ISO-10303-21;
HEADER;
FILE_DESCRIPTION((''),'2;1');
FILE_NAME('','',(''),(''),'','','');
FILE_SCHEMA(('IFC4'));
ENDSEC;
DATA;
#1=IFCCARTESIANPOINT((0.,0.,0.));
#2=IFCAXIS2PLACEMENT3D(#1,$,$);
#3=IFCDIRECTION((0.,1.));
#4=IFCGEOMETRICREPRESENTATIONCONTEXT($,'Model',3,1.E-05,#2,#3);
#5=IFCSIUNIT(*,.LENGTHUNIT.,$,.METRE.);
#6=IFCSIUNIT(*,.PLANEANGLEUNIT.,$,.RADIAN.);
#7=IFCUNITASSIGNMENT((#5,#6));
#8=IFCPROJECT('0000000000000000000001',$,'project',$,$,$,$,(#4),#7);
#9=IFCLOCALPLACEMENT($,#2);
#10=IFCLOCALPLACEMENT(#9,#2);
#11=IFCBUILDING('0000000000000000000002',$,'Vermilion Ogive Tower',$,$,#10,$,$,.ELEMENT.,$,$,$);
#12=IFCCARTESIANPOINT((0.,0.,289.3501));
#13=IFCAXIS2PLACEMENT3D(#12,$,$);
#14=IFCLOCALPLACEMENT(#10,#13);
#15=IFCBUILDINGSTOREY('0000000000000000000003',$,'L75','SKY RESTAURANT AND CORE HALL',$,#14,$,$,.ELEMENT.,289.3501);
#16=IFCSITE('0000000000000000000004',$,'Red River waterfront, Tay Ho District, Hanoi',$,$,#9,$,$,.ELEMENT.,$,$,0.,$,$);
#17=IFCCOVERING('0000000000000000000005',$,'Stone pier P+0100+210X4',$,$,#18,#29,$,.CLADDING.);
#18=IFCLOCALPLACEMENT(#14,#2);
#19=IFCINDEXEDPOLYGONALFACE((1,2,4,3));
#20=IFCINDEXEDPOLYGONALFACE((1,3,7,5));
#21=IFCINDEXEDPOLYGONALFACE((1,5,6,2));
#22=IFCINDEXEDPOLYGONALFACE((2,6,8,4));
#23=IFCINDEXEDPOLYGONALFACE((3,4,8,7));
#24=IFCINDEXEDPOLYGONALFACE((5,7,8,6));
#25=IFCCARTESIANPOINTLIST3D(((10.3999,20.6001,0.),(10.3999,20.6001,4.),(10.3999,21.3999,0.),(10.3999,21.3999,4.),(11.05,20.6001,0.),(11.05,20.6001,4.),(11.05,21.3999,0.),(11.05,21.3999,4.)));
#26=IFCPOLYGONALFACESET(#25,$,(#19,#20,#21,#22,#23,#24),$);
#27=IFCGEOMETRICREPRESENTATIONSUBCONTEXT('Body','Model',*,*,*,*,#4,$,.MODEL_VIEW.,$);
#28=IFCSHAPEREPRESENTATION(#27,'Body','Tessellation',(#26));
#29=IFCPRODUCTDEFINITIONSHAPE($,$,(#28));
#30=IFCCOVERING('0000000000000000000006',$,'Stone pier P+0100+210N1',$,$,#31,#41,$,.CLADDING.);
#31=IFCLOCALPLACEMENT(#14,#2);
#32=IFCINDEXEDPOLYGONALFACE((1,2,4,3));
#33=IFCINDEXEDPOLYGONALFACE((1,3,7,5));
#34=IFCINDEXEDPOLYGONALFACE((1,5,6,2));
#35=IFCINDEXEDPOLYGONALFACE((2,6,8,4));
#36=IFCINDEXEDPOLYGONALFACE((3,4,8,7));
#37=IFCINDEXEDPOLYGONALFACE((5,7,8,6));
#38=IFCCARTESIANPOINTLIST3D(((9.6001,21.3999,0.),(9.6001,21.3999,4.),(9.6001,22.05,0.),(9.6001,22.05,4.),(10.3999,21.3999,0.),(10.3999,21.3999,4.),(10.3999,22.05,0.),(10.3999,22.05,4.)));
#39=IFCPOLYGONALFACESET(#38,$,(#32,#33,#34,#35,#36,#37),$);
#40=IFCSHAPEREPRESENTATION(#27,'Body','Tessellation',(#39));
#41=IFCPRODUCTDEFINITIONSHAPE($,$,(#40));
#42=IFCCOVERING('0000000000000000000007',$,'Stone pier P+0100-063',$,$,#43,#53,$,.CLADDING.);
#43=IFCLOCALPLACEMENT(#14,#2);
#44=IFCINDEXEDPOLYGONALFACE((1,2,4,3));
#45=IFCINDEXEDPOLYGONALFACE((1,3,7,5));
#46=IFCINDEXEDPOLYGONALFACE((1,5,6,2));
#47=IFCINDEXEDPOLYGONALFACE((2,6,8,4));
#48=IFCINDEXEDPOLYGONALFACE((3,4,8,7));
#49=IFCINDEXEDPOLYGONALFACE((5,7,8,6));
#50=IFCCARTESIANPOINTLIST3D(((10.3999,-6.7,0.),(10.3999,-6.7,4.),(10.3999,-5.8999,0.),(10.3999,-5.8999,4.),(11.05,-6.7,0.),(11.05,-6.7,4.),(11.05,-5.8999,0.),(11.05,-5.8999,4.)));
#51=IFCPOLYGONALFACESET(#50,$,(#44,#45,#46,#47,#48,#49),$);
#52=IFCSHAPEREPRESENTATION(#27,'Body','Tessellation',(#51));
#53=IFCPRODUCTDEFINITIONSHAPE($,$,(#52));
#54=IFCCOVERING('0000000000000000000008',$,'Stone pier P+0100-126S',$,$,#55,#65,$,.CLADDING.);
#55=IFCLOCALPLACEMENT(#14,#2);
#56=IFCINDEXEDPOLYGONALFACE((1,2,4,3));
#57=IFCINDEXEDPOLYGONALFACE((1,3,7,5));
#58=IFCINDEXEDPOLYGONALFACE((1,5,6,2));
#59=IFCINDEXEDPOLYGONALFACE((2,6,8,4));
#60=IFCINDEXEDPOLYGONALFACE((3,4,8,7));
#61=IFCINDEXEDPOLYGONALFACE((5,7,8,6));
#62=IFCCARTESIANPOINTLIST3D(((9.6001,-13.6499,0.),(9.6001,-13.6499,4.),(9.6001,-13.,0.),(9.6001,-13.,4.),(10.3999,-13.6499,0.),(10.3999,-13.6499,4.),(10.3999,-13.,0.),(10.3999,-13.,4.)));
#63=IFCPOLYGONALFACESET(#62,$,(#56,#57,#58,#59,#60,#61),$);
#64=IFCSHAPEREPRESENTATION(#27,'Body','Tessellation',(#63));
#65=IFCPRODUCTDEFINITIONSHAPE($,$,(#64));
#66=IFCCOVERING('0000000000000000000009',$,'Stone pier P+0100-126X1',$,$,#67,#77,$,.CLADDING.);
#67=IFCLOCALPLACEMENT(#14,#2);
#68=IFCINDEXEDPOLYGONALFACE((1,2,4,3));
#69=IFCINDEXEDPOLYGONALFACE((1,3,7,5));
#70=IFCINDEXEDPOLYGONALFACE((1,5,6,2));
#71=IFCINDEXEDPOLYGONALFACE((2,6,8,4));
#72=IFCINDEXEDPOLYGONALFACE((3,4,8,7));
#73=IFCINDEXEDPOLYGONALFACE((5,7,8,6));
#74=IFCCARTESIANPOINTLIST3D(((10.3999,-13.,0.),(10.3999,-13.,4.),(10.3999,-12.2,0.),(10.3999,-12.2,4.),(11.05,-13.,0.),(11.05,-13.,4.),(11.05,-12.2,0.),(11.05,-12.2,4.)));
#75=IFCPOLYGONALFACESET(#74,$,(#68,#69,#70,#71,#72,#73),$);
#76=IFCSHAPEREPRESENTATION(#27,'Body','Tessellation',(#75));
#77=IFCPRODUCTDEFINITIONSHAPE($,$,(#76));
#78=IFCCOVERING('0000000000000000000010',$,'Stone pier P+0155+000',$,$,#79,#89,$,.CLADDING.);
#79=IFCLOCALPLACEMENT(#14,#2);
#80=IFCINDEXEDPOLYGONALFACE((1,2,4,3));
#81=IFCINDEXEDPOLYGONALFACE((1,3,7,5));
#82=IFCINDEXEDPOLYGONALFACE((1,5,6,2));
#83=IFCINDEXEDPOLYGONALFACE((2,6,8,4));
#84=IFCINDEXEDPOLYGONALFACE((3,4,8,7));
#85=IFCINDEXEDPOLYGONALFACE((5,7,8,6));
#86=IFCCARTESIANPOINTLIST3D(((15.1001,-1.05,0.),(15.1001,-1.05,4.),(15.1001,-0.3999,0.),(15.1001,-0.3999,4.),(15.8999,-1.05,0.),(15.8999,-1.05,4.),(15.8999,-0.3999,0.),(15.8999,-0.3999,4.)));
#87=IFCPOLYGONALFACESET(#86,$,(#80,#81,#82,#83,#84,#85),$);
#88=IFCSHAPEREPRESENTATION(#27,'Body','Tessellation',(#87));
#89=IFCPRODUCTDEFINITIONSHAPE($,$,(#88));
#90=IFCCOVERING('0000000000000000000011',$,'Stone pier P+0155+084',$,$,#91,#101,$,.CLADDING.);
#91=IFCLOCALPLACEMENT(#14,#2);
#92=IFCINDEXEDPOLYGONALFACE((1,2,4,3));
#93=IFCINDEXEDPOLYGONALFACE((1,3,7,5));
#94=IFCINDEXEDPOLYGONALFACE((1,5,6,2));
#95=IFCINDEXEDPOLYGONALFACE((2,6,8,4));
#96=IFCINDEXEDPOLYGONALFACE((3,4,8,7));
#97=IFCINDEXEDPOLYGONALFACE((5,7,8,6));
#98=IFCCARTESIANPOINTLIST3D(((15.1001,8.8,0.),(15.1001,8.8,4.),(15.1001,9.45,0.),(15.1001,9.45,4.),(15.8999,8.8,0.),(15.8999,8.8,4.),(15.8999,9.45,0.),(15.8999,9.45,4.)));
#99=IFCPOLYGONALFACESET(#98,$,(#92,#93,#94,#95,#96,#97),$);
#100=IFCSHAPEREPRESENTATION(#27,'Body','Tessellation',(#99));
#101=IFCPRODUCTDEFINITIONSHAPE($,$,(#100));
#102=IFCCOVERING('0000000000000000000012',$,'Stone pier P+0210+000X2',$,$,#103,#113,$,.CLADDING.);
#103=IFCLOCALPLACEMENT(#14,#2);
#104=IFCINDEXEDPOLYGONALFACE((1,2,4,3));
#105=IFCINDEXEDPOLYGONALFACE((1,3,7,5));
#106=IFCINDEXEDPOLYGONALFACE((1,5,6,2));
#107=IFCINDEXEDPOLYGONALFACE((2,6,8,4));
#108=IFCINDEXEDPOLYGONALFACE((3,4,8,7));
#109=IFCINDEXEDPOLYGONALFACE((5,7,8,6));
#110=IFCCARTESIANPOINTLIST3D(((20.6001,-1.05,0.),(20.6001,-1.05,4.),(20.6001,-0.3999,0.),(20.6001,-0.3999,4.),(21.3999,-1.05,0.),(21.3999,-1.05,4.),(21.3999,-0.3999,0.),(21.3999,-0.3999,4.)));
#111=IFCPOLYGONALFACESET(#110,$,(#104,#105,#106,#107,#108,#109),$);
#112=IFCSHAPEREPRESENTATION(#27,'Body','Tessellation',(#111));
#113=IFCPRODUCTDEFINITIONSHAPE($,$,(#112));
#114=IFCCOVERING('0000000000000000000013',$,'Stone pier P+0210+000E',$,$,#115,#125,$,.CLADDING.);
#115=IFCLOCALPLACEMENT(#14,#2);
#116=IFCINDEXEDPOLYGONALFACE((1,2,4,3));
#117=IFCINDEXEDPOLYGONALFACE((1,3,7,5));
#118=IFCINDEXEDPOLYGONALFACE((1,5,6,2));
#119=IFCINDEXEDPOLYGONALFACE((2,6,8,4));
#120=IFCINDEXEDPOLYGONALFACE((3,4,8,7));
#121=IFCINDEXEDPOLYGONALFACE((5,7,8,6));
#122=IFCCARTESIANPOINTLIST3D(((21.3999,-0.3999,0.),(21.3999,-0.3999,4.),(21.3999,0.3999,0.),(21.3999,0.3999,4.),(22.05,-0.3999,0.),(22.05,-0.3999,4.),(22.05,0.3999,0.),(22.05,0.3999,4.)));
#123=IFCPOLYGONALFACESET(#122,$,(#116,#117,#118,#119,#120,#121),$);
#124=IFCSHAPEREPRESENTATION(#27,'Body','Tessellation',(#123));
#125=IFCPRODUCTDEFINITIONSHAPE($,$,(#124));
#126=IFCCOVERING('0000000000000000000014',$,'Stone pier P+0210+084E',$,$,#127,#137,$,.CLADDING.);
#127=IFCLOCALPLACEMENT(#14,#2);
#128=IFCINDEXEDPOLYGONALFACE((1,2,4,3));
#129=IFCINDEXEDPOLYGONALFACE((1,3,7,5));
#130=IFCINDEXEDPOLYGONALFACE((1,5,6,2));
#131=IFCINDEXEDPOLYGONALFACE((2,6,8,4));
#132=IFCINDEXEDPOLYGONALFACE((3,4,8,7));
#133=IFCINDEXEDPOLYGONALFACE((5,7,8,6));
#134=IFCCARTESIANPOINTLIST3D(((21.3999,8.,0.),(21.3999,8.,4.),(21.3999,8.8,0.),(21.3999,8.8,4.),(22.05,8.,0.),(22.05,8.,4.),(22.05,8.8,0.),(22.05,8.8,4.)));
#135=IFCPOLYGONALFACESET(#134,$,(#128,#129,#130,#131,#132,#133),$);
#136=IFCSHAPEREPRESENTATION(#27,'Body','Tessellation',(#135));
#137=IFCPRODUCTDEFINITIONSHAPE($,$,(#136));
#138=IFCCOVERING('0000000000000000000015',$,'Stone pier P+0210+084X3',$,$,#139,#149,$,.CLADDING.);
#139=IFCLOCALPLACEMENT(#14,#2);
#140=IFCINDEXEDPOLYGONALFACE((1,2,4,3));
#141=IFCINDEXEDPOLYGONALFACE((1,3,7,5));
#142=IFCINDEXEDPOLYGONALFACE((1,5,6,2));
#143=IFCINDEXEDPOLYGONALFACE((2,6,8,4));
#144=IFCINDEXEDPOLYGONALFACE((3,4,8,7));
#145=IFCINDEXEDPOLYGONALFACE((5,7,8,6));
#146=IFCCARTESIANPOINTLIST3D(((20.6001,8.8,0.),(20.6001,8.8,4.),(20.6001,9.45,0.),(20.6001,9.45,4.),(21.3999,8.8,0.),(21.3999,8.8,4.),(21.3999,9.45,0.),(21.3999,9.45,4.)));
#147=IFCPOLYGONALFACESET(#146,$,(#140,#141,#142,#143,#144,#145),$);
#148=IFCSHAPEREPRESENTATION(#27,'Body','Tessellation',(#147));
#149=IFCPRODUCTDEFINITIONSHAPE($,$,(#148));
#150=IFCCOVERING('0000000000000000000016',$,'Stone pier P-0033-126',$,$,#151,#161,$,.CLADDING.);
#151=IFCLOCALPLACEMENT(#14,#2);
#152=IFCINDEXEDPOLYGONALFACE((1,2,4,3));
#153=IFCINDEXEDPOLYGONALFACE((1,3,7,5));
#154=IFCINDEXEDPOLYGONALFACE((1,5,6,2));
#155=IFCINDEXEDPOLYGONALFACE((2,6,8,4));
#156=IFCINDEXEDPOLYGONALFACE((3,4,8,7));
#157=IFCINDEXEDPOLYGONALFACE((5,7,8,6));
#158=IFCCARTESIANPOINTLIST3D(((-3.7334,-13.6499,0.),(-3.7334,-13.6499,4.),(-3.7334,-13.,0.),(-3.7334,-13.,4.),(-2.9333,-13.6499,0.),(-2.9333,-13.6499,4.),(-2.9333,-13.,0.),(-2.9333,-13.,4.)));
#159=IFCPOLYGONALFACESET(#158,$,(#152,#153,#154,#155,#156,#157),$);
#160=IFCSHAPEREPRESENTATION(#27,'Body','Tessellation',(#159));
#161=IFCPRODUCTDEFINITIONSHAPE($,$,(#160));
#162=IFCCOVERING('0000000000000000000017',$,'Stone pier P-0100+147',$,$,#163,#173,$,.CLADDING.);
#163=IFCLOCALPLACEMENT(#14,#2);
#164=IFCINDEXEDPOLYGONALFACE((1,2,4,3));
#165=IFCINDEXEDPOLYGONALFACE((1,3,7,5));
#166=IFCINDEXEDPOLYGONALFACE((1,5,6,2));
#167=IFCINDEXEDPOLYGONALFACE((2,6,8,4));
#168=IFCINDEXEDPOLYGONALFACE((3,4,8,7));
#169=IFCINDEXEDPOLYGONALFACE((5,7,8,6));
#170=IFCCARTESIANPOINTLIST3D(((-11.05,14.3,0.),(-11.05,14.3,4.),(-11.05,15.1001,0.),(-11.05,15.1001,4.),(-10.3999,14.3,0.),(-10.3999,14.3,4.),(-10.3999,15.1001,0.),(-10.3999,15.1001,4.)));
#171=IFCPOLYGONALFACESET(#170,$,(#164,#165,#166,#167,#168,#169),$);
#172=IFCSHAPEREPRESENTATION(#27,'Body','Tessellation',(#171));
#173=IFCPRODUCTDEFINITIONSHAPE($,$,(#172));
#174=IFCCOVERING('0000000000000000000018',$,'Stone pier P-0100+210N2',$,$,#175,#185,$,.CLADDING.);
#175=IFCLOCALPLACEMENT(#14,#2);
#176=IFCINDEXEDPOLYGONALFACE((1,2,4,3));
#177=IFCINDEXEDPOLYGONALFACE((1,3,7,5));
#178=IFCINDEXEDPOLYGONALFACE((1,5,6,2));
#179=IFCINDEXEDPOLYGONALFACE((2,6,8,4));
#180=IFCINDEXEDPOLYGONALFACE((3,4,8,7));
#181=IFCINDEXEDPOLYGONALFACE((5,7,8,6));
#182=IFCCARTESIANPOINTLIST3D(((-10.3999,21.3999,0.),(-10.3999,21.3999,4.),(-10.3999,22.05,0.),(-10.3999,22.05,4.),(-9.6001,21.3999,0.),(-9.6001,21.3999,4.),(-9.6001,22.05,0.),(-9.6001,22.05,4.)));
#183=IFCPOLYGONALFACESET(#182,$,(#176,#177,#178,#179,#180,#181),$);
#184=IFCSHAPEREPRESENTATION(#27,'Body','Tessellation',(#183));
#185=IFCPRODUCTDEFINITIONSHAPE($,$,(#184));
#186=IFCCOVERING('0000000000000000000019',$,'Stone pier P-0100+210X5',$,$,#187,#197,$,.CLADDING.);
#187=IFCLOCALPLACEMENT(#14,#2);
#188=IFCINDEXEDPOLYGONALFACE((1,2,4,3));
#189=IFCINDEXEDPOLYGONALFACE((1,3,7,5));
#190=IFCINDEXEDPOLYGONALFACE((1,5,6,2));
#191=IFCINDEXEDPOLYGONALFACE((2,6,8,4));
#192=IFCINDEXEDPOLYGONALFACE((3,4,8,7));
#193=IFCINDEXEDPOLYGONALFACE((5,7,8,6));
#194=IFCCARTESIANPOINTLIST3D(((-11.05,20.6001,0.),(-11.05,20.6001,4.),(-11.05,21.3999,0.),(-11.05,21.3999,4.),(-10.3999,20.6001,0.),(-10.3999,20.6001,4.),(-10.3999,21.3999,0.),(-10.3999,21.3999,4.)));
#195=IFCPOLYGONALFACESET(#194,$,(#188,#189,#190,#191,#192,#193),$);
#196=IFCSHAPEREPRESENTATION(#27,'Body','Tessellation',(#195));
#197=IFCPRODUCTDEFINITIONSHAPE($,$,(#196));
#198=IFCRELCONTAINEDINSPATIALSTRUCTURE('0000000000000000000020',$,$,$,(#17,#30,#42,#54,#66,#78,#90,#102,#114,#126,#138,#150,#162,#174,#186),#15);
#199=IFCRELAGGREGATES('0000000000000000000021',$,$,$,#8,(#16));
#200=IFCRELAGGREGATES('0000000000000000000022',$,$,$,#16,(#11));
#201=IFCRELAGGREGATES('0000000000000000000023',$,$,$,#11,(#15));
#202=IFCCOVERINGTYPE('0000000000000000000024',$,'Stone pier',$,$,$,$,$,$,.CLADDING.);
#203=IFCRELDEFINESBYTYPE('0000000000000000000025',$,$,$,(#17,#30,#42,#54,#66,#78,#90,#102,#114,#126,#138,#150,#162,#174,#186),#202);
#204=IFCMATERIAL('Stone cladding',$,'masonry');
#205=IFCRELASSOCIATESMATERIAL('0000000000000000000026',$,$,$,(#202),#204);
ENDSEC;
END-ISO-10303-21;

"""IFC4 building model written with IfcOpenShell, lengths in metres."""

from ifc_helpers import new_model, si_unit, direction, frame, origin, place, context, subcontext, project, spatial, polyline, outline, extrude, material, type_object, element, save


model = new_model("IFC4")

# Units and contexts
model_context = context("Model", 3, precision=1e-05, world=origin(), true_north=direction((0.0, 1.0)))
body_context = subcontext(model_context, "Body", "Model", "MODEL_VIEW")
ifc_project = project(units=[si_unit("LENGTHUNIT", "METRE"), si_unit("PLANEANGLEUNIT", "RADIAN")], contexts=[model_context])

# Site, building, storey
site_placement = place(None, origin())
site = spatial("IfcSite", under=ifc_project, at=site_placement, Name="Red River waterfront, Tay Ho District, Hanoi", CompositionType="ELEMENT", RefElevation=0.0)
building_placement = place(site_placement, origin())
building = spatial("IfcBuilding", under=site, at=building_placement, Name="Vermilion Ogive Tower", CompositionType="ELEMENT")
storey_placement = place(building_placement, frame((0.0, 0.0, 289.3501)))
storey = spatial("IfcBuildingStorey", under=building, at=storey_placement, Name="L75", Description="SKY RESTAURANT AND CORE HALL", CompositionType="ELEMENT", Elevation=289.3501)

# Coverings
ifc_material_1 = material(Name="Stone cladding", Category="masonry")
covering_type = type_object("IfcCoveringType", Name="Stone pier", PredefinedType="CLADDING", material=ifc_material_1)
covering_1_placement = place(storey_placement, origin())
element("IfcCovering", 1, at=covering_1_placement, inside=storey, type_object=covering_type, Name="Stone pier P+0100+210X4", PredefinedType="CLADDING", context=body_context, shape_type="SweptSolid", body=[
    extrude(outline(polyline([(11.05, 21.3999), (11.05, 20.6001), (10.3999, 20.6001), (10.3999, 21.3999), (11.05, 21.3999)])), origin(), (0.0, 0.0, 1.0), 4.0),
])
covering_2_placement = place(storey_placement, origin())
element("IfcCovering", 2, at=covering_2_placement, inside=storey, type_object=covering_type, Name="Stone pier P+0100+210N1", PredefinedType="CLADDING", context=body_context, shape_type="SweptSolid", body=[
    extrude(outline(polyline([(10.3999, 22.05), (10.3999, 21.3999), (9.6001, 21.3999), (9.6001, 22.05), (10.3999, 22.05)])), origin(), (0.0, 0.0, 1.0), 4.0),
])
covering_3_placement = place(storey_placement, origin())
element("IfcCovering", 3, at=covering_3_placement, inside=storey, type_object=covering_type, Name="Stone pier P+0100-063", PredefinedType="CLADDING", context=body_context, shape_type="SweptSolid", body=[
    extrude(outline(polyline([(11.05, -5.8999), (11.05, -6.7), (10.3999, -6.7), (10.3999, -5.8999), (11.05, -5.8999)])), origin(), (0.0, 0.0, 1.0), 4.0),
])
covering_4_placement = place(storey_placement, origin())
element("IfcCovering", 4, at=covering_4_placement, inside=storey, type_object=covering_type, Name="Stone pier P+0100-126S", PredefinedType="CLADDING", context=body_context, shape_type="SweptSolid", body=[
    extrude(outline(polyline([(10.3999, -13.6499), (9.6001, -13.6499), (9.6001, -13.0), (10.3999, -13.0), (10.3999, -13.6499)])), origin(), (0.0, 0.0, 1.0), 4.0),
])
covering_5_placement = place(storey_placement, origin())
element("IfcCovering", 5, at=covering_5_placement, inside=storey, type_object=covering_type, Name="Stone pier P+0100-126X1", PredefinedType="CLADDING", context=body_context, shape_type="SweptSolid", body=[
    extrude(outline(polyline([(11.05, -13.0), (10.3999, -13.0), (10.3999, -12.2), (11.05, -12.2), (11.05, -13.0)])), origin(), (0.0, 0.0, 1.0), 4.0),
])
covering_6_placement = place(storey_placement, origin())
element("IfcCovering", 6, at=covering_6_placement, inside=storey, type_object=covering_type, Name="Stone pier P+0155+000", PredefinedType="CLADDING", context=body_context, shape_type="SweptSolid", body=[
    extrude(outline(polyline([(15.8999, -1.05), (15.1001, -1.05), (15.1001, -0.3999), (15.8999, -0.3999), (15.8999, -1.05)])), origin(), (0.0, 0.0, 1.0), 4.0),
])
covering_7_placement = place(storey_placement, origin())
element("IfcCovering", 7, at=covering_7_placement, inside=storey, type_object=covering_type, Name="Stone pier P+0155+084", PredefinedType="CLADDING", context=body_context, shape_type="SweptSolid", body=[
    extrude(outline(polyline([(15.1001, 9.45), (15.8999, 9.45), (15.8999, 8.8), (15.1001, 8.8), (15.1001, 9.45)])), origin(), (0.0, 0.0, 1.0), 4.0),
])
covering_8_placement = place(storey_placement, origin())
element("IfcCovering", 8, at=covering_8_placement, inside=storey, type_object=covering_type, Name="Stone pier P+0210+000X2", PredefinedType="CLADDING", context=body_context, shape_type="SweptSolid", body=[
    extrude(outline(polyline([(21.3999, -1.05), (20.6001, -1.05), (20.6001, -0.3999), (21.3999, -0.3999), (21.3999, -1.05)])), origin(), (0.0, 0.0, 1.0), 4.0),
])
covering_9_placement = place(storey_placement, origin())
element("IfcCovering", 9, at=covering_9_placement, inside=storey, type_object=covering_type, Name="Stone pier P+0210+000E", PredefinedType="CLADDING", context=body_context, shape_type="SweptSolid", body=[
    extrude(outline(polyline([(22.05, -0.3999), (21.3999, -0.3999), (21.3999, 0.3999), (22.05, 0.3999), (22.05, -0.3999)])), origin(), (0.0, 0.0, 1.0), 4.0),
])
covering_10_placement = place(storey_placement, origin())
element("IfcCovering", 10, at=covering_10_placement, inside=storey, type_object=covering_type, Name="Stone pier P+0210+084E", PredefinedType="CLADDING", context=body_context, shape_type="SweptSolid", body=[
    extrude(outline(polyline([(22.05, 8.8), (22.05, 8.0), (21.3999, 8.0), (21.3999, 8.8), (22.05, 8.8)])), origin(), (0.0, 0.0, 1.0), 4.0),
])
covering_11_placement = place(storey_placement, origin())
element("IfcCovering", 11, at=covering_11_placement, inside=storey, type_object=covering_type, Name="Stone pier P+0210+084X3", PredefinedType="CLADDING", context=body_context, shape_type="SweptSolid", body=[
    extrude(outline(polyline([(21.3999, 9.45), (21.3999, 8.8), (20.6001, 8.8), (20.6001, 9.45), (21.3999, 9.45)])), origin(), (0.0, 0.0, 1.0), 4.0),
])
covering_12_placement = place(storey_placement, origin())
element("IfcCovering", 12, at=covering_12_placement, inside=storey, type_object=covering_type, Name="Stone pier P-0033-126", PredefinedType="CLADDING", context=body_context, shape_type="SweptSolid", body=[
    extrude(outline(polyline([(-2.9333, -13.0), (-2.9333, -13.6499), (-3.7334, -13.6499), (-3.7334, -13.0), (-2.9333, -13.0), (-2.9333, -13.0)])), origin(), (0.0, 0.0, 1.0), 4.0),
])
covering_13_placement = place(storey_placement, origin())
element("IfcCovering", 13, at=covering_13_placement, inside=storey, type_object=covering_type, Name="Stone pier P-0100+147", PredefinedType="CLADDING", context=body_context, shape_type="SweptSolid", body=[
    extrude(outline(polyline([(-11.05, 14.3), (-11.05, 15.1001), (-10.3999, 15.1001), (-10.3999, 14.3), (-11.05, 14.3)])), origin(), (0.0, 0.0, 1.0), 4.0),
])
covering_14_placement = place(storey_placement, origin())
element("IfcCovering", 14, at=covering_14_placement, inside=storey, type_object=covering_type, Name="Stone pier P-0100+210N2", PredefinedType="CLADDING", context=body_context, shape_type="SweptSolid", body=[
    extrude(outline(polyline([(-10.3999, 22.05), (-9.6001, 22.05), (-9.6001, 21.3999), (-10.3999, 21.3999), (-10.3999, 22.05)])), origin(), (0.0, 0.0, 1.0), 4.0),
])
covering_15_placement = place(storey_placement, origin())
element("IfcCovering", 15, at=covering_15_placement, inside=storey, type_object=covering_type, Name="Stone pier P-0100+210X5", PredefinedType="CLADDING", context=body_context, shape_type="SweptSolid", body=[
    extrude(outline(polyline([(-11.05, 21.3999), (-10.3999, 21.3999), (-10.3999, 20.6001), (-11.05, 20.6001), (-11.05, 21.3999)])), origin(), (0.0, 0.0, 1.0), 4.0),
])

save(model, "model.ifc")
